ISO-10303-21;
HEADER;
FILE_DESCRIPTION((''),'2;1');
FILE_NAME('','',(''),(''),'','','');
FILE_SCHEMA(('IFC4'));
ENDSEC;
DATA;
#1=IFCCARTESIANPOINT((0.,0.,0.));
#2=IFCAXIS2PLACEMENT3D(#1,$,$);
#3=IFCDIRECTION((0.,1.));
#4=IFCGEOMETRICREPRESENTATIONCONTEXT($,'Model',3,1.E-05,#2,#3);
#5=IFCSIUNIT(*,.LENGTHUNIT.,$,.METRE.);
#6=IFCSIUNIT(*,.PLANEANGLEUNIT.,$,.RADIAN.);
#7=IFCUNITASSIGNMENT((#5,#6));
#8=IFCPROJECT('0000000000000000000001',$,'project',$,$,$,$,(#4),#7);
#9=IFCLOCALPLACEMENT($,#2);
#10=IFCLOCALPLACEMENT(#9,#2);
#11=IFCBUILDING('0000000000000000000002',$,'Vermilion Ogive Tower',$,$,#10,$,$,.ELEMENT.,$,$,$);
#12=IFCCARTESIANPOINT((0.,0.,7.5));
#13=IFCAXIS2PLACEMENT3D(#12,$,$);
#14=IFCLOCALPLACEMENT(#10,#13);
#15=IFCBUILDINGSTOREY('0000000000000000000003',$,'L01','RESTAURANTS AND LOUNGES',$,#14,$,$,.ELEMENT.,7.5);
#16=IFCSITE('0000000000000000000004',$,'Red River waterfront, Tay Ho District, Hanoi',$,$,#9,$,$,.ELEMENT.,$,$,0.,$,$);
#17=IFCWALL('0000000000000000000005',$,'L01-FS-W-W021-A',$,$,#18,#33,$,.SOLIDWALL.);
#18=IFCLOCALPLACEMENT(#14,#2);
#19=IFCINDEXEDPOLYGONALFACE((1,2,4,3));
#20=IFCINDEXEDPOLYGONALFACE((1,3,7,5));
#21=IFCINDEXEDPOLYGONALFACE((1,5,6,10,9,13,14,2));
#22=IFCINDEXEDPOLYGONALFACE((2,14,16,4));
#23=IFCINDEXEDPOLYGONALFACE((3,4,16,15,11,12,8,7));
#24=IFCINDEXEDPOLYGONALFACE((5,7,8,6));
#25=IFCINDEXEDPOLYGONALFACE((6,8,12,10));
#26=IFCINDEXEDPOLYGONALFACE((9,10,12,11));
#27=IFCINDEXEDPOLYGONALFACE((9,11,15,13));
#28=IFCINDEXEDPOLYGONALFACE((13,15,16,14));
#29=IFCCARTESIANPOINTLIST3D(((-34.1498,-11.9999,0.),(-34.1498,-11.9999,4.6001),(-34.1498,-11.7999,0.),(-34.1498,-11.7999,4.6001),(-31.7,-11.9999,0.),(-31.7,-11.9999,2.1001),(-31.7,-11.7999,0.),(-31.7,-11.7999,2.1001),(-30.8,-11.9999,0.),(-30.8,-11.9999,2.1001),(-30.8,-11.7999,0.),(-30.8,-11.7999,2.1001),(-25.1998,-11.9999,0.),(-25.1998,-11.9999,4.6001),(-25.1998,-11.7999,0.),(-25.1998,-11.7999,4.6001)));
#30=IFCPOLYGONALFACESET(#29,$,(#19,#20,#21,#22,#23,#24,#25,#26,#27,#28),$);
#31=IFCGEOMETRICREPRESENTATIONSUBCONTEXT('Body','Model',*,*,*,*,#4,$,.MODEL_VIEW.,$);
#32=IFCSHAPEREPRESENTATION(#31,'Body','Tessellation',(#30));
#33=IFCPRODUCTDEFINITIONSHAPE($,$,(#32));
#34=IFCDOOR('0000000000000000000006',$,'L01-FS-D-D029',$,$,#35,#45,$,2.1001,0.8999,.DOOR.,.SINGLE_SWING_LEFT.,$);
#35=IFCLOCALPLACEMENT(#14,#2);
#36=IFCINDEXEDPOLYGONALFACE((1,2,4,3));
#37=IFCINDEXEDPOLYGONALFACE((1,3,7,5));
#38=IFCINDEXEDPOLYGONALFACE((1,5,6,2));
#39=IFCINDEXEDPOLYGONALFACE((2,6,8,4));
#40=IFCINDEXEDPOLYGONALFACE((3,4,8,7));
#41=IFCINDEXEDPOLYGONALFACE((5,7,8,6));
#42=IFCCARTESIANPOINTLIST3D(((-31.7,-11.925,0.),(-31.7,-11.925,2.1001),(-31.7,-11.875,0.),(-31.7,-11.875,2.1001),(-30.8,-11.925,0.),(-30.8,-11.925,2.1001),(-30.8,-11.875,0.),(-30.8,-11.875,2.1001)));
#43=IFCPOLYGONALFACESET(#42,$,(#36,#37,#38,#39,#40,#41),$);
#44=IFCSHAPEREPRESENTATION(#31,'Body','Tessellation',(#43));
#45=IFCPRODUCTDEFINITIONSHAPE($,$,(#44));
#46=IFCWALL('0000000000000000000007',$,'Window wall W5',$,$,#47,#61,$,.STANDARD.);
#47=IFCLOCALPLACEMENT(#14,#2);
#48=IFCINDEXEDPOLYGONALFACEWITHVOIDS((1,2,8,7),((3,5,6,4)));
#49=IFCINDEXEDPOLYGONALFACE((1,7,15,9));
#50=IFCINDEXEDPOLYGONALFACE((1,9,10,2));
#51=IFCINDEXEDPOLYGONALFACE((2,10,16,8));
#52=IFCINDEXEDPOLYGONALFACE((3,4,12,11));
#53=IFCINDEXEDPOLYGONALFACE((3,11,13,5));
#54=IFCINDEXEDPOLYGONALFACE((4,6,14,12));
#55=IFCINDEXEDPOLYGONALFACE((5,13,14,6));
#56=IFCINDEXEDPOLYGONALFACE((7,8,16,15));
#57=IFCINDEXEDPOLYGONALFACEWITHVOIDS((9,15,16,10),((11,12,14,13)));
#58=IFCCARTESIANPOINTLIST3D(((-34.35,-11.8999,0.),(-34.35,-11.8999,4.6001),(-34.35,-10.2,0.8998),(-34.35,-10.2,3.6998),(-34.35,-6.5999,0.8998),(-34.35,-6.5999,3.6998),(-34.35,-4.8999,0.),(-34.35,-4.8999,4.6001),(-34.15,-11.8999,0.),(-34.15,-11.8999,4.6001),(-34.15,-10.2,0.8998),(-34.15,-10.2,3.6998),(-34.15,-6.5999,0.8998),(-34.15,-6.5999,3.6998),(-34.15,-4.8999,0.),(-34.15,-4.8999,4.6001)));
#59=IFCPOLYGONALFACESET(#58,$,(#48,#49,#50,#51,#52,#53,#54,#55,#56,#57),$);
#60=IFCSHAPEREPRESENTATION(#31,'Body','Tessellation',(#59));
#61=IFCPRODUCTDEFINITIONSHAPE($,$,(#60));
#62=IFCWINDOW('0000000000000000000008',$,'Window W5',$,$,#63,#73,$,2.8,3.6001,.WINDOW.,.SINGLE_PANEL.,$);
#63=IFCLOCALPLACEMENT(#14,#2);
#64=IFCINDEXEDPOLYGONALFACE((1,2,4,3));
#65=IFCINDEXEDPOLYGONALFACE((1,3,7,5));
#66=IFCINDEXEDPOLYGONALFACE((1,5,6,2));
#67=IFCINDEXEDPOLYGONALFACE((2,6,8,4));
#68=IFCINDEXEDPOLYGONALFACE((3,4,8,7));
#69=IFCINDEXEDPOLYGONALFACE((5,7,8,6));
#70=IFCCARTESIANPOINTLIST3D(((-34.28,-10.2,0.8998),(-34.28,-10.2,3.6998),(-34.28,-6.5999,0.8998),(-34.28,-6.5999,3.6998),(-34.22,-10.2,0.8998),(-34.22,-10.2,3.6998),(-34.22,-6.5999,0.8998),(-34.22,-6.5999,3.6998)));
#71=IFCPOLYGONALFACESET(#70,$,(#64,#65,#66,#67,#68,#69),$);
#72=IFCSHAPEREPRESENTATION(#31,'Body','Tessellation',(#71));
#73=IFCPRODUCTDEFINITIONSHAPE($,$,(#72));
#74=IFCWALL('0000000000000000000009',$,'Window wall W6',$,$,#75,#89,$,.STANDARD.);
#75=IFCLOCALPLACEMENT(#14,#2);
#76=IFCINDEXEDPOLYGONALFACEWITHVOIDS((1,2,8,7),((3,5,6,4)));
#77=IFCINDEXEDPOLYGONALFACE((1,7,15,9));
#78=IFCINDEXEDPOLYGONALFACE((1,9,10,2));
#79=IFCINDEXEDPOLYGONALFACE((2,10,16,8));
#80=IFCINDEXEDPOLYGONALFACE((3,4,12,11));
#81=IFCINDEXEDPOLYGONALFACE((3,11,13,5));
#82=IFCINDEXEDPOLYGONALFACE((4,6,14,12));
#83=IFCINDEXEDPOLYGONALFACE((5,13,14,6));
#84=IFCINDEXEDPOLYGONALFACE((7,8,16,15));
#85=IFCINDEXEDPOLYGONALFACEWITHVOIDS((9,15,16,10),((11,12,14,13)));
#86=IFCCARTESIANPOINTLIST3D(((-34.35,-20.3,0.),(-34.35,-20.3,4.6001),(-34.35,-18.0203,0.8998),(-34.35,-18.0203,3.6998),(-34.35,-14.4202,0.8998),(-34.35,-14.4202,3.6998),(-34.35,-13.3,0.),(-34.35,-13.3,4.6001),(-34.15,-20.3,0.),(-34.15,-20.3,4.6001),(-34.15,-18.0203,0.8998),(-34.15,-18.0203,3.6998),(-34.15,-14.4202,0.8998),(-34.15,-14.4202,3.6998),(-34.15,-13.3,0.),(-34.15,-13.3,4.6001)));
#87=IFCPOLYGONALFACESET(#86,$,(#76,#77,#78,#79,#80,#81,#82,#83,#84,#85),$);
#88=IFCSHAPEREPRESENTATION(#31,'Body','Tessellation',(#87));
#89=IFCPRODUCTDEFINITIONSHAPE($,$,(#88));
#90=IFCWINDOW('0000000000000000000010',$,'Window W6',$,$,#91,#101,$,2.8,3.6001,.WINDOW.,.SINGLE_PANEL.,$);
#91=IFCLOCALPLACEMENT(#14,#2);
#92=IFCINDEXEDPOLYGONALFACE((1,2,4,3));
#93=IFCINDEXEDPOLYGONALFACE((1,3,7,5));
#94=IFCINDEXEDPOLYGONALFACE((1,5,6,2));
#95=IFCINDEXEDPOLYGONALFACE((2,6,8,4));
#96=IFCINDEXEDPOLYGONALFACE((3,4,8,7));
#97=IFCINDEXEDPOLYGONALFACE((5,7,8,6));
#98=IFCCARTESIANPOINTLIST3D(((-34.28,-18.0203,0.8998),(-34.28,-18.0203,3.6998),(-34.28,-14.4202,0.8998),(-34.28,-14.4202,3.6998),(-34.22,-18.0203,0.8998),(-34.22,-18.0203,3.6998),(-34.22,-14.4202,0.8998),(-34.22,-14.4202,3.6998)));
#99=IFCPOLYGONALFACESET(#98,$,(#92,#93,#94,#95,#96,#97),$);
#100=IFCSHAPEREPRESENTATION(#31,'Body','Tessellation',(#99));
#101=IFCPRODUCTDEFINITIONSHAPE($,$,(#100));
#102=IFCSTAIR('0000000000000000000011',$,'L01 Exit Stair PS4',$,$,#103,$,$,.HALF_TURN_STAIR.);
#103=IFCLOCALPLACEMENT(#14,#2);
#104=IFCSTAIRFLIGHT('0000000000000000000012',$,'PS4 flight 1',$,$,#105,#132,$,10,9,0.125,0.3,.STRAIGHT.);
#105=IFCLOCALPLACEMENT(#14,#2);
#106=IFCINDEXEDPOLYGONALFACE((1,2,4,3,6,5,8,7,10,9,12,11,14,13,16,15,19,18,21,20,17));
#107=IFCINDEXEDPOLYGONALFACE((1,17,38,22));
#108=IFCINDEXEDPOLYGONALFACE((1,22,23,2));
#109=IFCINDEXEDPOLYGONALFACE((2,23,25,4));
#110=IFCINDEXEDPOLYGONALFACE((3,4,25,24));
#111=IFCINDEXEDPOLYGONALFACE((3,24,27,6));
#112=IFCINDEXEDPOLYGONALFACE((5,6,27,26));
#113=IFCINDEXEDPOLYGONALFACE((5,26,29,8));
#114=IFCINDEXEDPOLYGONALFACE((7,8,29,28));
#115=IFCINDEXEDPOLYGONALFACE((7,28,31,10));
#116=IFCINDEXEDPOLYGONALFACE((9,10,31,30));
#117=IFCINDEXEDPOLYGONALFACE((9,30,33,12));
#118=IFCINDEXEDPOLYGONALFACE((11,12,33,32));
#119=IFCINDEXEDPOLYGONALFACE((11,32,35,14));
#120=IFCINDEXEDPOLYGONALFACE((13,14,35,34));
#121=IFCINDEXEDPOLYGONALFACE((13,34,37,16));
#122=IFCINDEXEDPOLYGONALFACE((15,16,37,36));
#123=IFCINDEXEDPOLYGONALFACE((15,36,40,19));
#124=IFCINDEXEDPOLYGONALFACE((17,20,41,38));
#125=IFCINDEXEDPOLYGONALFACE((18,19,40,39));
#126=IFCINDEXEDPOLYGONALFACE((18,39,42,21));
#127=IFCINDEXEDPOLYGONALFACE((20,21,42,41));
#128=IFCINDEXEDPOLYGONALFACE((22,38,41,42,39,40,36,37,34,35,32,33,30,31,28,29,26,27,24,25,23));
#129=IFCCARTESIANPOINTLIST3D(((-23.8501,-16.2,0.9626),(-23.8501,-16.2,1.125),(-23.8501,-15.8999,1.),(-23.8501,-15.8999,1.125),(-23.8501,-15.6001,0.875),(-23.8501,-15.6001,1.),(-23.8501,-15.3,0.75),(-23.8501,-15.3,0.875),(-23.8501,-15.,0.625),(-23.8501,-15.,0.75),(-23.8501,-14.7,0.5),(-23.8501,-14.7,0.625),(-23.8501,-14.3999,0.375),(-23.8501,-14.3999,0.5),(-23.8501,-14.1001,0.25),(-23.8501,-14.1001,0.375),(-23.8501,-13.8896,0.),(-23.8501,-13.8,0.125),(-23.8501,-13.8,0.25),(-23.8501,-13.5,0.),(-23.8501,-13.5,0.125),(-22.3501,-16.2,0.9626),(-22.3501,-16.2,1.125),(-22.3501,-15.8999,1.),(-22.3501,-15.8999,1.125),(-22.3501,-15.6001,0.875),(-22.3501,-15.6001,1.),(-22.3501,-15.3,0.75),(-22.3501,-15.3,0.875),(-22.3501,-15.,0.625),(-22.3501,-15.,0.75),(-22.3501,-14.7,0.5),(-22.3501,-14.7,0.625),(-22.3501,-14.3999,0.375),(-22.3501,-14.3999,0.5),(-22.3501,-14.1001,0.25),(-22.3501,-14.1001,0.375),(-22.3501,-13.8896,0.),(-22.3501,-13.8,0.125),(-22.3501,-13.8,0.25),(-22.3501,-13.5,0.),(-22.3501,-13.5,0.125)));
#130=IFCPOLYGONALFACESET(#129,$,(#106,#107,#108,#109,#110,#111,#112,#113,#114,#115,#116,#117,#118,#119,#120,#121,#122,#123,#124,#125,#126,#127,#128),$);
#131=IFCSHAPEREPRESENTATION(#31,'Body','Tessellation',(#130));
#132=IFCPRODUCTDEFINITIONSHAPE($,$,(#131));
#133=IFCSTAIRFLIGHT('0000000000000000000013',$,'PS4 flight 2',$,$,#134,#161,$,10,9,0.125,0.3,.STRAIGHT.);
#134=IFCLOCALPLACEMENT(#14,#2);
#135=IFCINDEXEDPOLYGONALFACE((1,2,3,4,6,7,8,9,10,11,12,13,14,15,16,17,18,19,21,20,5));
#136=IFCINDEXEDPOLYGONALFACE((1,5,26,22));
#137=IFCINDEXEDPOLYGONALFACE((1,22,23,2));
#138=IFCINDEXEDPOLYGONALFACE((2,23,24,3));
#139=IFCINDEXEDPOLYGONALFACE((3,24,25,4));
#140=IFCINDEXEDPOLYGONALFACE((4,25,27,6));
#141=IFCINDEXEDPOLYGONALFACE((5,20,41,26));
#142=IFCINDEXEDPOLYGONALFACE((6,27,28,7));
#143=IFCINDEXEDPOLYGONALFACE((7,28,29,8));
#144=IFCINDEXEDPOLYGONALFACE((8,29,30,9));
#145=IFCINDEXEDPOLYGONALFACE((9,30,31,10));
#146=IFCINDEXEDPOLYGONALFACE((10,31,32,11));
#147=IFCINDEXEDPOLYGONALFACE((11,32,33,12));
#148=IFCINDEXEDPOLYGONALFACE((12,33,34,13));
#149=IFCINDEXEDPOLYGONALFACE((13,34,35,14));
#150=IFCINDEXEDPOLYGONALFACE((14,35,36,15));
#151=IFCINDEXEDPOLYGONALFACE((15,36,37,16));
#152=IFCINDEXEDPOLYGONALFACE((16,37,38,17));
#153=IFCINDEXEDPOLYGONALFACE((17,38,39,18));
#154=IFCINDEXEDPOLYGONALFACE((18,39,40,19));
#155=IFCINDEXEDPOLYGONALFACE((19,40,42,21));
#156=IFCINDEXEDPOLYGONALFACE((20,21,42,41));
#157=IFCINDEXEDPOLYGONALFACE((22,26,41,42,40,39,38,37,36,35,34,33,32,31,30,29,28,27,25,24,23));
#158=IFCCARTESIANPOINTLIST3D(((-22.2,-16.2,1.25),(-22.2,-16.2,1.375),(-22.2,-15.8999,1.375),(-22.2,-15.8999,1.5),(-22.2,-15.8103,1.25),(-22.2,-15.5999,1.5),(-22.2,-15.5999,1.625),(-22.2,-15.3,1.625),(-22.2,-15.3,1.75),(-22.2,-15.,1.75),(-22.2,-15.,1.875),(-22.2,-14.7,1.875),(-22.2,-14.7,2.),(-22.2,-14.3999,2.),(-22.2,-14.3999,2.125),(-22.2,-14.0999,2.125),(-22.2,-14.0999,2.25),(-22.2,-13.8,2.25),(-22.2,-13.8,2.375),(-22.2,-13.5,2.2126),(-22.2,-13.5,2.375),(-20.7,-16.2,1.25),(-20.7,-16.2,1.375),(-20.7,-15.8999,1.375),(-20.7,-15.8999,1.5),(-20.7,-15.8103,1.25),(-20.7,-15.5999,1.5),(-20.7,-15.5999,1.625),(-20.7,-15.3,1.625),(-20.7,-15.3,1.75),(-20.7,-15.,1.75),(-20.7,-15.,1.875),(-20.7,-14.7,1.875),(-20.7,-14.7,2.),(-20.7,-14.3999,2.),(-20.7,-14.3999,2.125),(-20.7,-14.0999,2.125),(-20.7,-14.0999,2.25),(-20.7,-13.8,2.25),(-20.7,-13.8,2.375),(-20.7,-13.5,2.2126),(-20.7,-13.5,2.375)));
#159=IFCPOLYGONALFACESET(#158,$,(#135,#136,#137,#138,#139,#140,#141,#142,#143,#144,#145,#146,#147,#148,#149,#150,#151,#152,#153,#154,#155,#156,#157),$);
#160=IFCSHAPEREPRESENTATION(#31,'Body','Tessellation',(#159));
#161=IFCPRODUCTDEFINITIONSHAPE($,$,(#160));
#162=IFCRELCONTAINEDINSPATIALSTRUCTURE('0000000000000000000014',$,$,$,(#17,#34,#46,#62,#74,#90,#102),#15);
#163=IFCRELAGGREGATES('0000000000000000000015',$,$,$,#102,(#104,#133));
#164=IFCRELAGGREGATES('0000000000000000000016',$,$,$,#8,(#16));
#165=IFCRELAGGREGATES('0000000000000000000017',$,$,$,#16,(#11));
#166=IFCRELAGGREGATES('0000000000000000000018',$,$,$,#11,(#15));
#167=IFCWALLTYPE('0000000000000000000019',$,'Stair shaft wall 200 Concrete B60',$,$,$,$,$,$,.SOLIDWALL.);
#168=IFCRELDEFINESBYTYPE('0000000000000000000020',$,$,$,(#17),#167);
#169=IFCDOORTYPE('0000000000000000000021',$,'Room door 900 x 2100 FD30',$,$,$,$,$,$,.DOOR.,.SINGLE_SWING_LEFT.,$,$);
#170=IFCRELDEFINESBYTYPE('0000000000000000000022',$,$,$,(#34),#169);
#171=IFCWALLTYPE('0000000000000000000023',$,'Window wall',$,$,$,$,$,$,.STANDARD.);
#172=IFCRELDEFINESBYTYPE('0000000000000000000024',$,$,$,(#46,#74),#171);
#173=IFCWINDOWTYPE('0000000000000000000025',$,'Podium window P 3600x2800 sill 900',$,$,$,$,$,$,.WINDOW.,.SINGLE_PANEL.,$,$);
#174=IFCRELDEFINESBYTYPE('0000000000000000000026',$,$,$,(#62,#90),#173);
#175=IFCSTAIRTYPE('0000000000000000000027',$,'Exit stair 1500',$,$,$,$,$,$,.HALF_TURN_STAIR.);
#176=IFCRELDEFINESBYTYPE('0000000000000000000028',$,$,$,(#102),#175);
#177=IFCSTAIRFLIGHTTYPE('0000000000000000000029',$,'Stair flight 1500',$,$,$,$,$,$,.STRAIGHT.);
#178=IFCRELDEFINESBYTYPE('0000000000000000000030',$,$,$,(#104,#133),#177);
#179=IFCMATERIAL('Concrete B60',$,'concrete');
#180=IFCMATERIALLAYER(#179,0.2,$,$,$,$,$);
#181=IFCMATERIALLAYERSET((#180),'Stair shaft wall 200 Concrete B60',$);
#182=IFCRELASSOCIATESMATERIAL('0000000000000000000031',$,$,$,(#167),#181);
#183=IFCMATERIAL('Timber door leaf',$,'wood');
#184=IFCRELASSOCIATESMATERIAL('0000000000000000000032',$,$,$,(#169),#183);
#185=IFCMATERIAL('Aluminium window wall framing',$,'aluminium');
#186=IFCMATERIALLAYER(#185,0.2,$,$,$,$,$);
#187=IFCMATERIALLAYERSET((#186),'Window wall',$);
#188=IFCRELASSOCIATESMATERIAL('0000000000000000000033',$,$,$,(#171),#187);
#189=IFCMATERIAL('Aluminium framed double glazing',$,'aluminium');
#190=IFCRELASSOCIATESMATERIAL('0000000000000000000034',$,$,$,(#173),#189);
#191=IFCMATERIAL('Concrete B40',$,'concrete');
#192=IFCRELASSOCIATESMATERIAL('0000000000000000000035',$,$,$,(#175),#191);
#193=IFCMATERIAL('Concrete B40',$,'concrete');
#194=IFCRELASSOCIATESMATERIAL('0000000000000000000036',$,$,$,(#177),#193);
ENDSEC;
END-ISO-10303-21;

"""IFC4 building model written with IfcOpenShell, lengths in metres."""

from ifc_helpers import new_model, si_unit, direction, frame, frame_2d, origin, place, context, subcontext, project, spatial, polyline, rectangle, outline, extrude, material, layer, layer_set, type_object, element, fill, aggregate, save


model = new_model("IFC4")

# Units and contexts
model_context = context("Model", 3, precision=1e-05, world=origin(), true_north=direction((0.0, 1.0)))
body_context = subcontext(model_context, "Body", "Model", "MODEL_VIEW")
ifc_project = project(units=[si_unit("LENGTHUNIT", "METRE"), si_unit("PLANEANGLEUNIT", "RADIAN")], contexts=[model_context])

# Site, building, storey
site_placement = place(None, origin())
site = spatial("IfcSite", under=ifc_project, at=site_placement, Name="Red River waterfront, Tay Ho District, Hanoi", CompositionType="ELEMENT", RefElevation=0.0)
building_placement = place(site_placement, origin())
building = spatial("IfcBuilding", under=site, at=building_placement, Name="Vermilion Ogive Tower", CompositionType="ELEMENT")
storey_placement = place(building_placement, frame((0.0, 0.0, 7.5)))
storey = spatial("IfcBuildingStorey", under=building, at=storey_placement, Name="L01", Description="RESTAURANTS AND LOUNGES", CompositionType="ELEMENT", Elevation=7.5)

# Shared definitions
ifc_material_1 = material(Name="Concrete B60", Category="concrete")
ifc_layer_1 = layer(ifc_material_1, 0.2)
ifc_layer_set_1 = layer_set([ifc_layer_1], Name="Stair shaft wall 200 Concrete B60")
wall_type_1 = type_object("IfcWallType", Name="Stair shaft wall 200 Concrete B60", PredefinedType="SOLIDWALL", material=ifc_layer_set_1)

# Wall, opening, door
wall_1_placement = place(storey_placement, frame((-34.1499, -11.8999, 0.0), z_axis=(0.0, 0.0, 1.0), x_axis=(1.0, 0.0, 0.0)))
wall_1 = element("IfcWall", 1, at=wall_1_placement, inside=storey, type_object=wall_type_1, Name="L01-FS-W-W021-A", PredefinedType="SOLIDWALL", context=body_context, shape_type="SweptSolid", body=[
    extrude(rectangle(XDim=8.95, YDim=0.2, at=frame_2d((4.4751, 0.0))), origin(), (0.0, 0.0, 1.0), 4.6001),
])
opening_1_placement = place(wall_1_placement, frame((2.45, 0.0, 0.0)))
opening_1 = element("IfcOpeningElement", 2, at=opening_1_placement, cuts=wall_1, PredefinedType="OPENING", context=body_context, shape_type="SweptSolid", body=[
    extrude(rectangle(XDim=0.8999, YDim=2.1001, at=frame_2d((0.45, 1.05))), frame((0.0, 0.1099, 0.0), z_axis=(0.0, -1.0, 0.0), x_axis=(1.0, 0.0, 0.0)), (0.0, 0.0, 1.0), 0.22),
])
ifc_material_2 = material(Name="Timber door leaf", Category="wood")
door_type_1 = type_object("IfcDoorType", Name="Room door 900 x 2100 FD30", OperationType="SINGLE_SWING_LEFT", PredefinedType="DOOR", material=ifc_material_2)
door_1_placement = place(opening_1_placement, origin())
door_1 = element("IfcDoor", 3, at=door_1_placement, inside=storey, type_object=door_type_1, Name="L01-FS-D-D029", OperationType="SINGLE_SWING_LEFT", OverallHeight=2.1001, OverallWidth=0.8999, PredefinedType="DOOR", context=body_context, shape_type="SweptSolid", body=[
    extrude(rectangle(XDim=0.8999, YDim=2.1001, at=frame_2d((0.45, 1.05))), frame((0.0, 0.0249, 0.0), z_axis=(0.0, -1.0, 0.0), x_axis=(1.0, 0.0, 0.0)), (0.0, 0.0, 1.0), 0.05),
])
fill(opening_1, door_1)

# Walls, openings, windows
ifc_material_3 = material(Name="Aluminium window wall framing", Category="aluminium")
ifc_layer_2 = layer(ifc_material_3, 0.2)
ifc_layer_set_2 = layer_set([ifc_layer_2], Name="Window wall")
wall_type_2 = type_object("IfcWallType", Name="Window wall", PredefinedType="STANDARD", material=ifc_layer_set_2)
wall_2_placement = place(storey_placement, frame((-34.25, -4.8999, 0.0), z_axis=(0.0, 0.0, 1.0), x_axis=(0.0, -1.0, 0.0)))
wall_2 = element("IfcWall", 4, at=wall_2_placement, inside=storey, type_object=wall_type_2, Name="Window wall W5", PredefinedType="STANDARD", context=body_context, shape_type="SweptSolid", body=[
    extrude(rectangle(XDim=7.0, YDim=0.2, at=frame_2d((3.5, 0.0))), origin(), (0.0, 0.0, 1.0), 4.6001),
])
opening_2_placement = place(wall_2_placement, frame((1.7, 0.0, 0.8999)))
opening_2 = element("IfcOpeningElement", 5, at=opening_2_placement, cuts=wall_2, PredefinedType="OPENING", context=body_context, shape_type="SweptSolid", body=[
    extrude(rectangle(XDim=3.6001, YDim=2.8, at=frame_2d((1.8, 1.3999))), frame((0.0, 0.1099, 0.0), z_axis=(0.0, -1.0, 0.0), x_axis=(1.0, 0.0, 0.0)), (0.0, 0.0, 1.0), 0.22),
])
ifc_material_4 = material(Name="Aluminium framed double glazing", Category="aluminium")
window_type = type_object("IfcWindowType", Name="Podium window P 3600x2800 sill 900", PartitioningType="SINGLE_PANEL", PredefinedType="WINDOW", material=ifc_material_4)
window_1_placement = place(opening_2_placement, origin())
window_1 = element("IfcWindow", 6, at=window_1_placement, inside=storey, type_object=window_type, Name="Window W5", OverallHeight=2.8, OverallWidth=3.6001, PartitioningType="SINGLE_PANEL", PredefinedType="WINDOW", context=body_context, shape_type="SweptSolid", body=[
    extrude(rectangle(XDim=3.6001, YDim=2.8, at=frame_2d((1.8, 1.3999))), frame((0.0, 0.03, 0.0), z_axis=(0.0, -1.0, 0.0), x_axis=(1.0, 0.0, 0.0)), (0.0, 0.0, 1.0), 0.0601),
])
fill(opening_2, window_1)
wall_3_placement = place(storey_placement, frame((-34.25, -13.3, 0.0), z_axis=(0.0, 0.0, 1.0), x_axis=(0.0, -1.0, 0.0)))
wall_3 = element("IfcWall", 7, at=wall_3_placement, inside=storey, type_object=wall_type_2, Name="Window wall W6", PredefinedType="STANDARD", context=body_context, shape_type="SweptSolid", body=[
    extrude(rectangle(XDim=7.0, YDim=0.2, at=frame_2d((3.5, 0.0))), origin(), (0.0, 0.0, 1.0), 4.6001),
])
opening_3_placement = place(wall_3_placement, frame((1.1201, 0.0, 0.8999)))
opening_3 = element("IfcOpeningElement", 8, at=opening_3_placement, cuts=wall_3, PredefinedType="OPENING", context=body_context, shape_type="SweptSolid", body=[
    extrude(rectangle(XDim=3.6001, YDim=2.8, at=frame_2d((1.8, 1.3999))), frame((0.0, 0.1099, 0.0), z_axis=(0.0, -1.0, 0.0), x_axis=(1.0, 0.0, 0.0)), (0.0, 0.0, 1.0), 0.22),
])
window_2_placement = place(opening_3_placement, origin())
window_2 = element("IfcWindow", 9, at=window_2_placement, inside=storey, type_object=window_type, Name="Window W6", OverallHeight=2.8, OverallWidth=3.6001, PartitioningType="SINGLE_PANEL", PredefinedType="WINDOW", context=body_context, shape_type="SweptSolid", body=[
    extrude(rectangle(XDim=3.6001, YDim=2.8, at=frame_2d((1.8, 1.3999))), frame((0.0, 0.03, 0.0), z_axis=(0.0, -1.0, 0.0), x_axis=(1.0, 0.0, 0.0)), (0.0, 0.0, 1.0), 0.0601),
])
fill(opening_3, window_2)

# Stair, stair flights
ifc_material_5 = material(Name="Concrete B40", Category="concrete")
stair_type = type_object("IfcStairType", Name="Exit stair 1500", PredefinedType="HALF_TURN_STAIR", material=ifc_material_5)
stair_placement = place(storey_placement, origin())
stair = element("IfcStair", 10, at=stair_placement, inside=storey, type_object=stair_type, Name="L01 Exit Stair PS4", PredefinedType="HALF_TURN_STAIR")
ifc_material_6 = material(Name="Concrete B40", Category="concrete")
stair_flight_type = type_object("IfcStairFlightType", Name="Stair flight 1500", PredefinedType="STRAIGHT", material=ifc_material_6)
stair_flight_1_placement = place(storey_placement, frame((-23.1001, -13.5, 0.0), z_axis=(0.0, 0.0, 1.0), x_axis=(0.0, -1.0, 0.0)))
stair_flight_1 = element("IfcStairFlight", 11, at=stair_flight_1_placement, type_object=stair_flight_type, Name="PS4 flight 1", NumberOfRisers=10, NumberOfTreads=9, PredefinedType="STRAIGHT", RiserHeight=0.125, TreadLength=0.3, context=body_context, shape_type="SweptSolid", body=[
    extrude(outline(polyline([(0.0, 0.0), (0.0, 0.125), (0.3, 0.125), (0.3, 0.25), (0.6001, 0.25), (0.6001, 0.375), (0.8999, 0.375), (0.8999, 0.5), (1.2, 0.5), (1.2, 0.625), (1.5, 0.625), (1.5, 0.75), (1.8, 0.75), (1.8, 0.875), (2.1001, 0.875), (2.1001, 1.0), (2.3999, 1.0), (2.3999, 1.125), (2.7, 1.125), (2.7, 1.25), (2.7, 0.9626), (0.3896, 0.0), (0.0, 0.0)])), frame((0.0, 0.75, 0.0), z_axis=(0.0, -1.0, 0.0), x_axis=(1.0, 0.0, 0.0)), (0.0, 0.0, 1.0), 1.5),
])
stair_flight_2_placement = place(storey_placement, frame((-21.45, -16.2, 1.25), z_axis=(0.0, 0.0, 1.0), x_axis=(0.0, 1.0, 0.0)))
stair_flight_2 = element("IfcStairFlight", 12, at=stair_flight_2_placement, type_object=stair_flight_type, Name="PS4 flight 2", NumberOfRisers=10, NumberOfTreads=9, PredefinedType="STRAIGHT", RiserHeight=0.125, TreadLength=0.3, context=body_context, shape_type="SweptSolid", body=[
    extrude(outline(polyline([(0.0, 0.0), (0.0, 0.125), (0.3, 0.125), (0.3, 0.25), (0.6001, 0.25), (0.6001, 0.375), (0.8999, 0.375), (0.8999, 0.5), (1.2, 0.5), (1.2, 0.625), (1.5, 0.625), (1.5, 0.75), (1.8, 0.75), (1.8, 0.875), (2.1001, 0.875), (2.1001, 1.0), (2.3999, 1.0), (2.3999, 1.125), (2.7, 1.125), (2.7, 1.25), (2.7, 0.9626), (0.3896, 0.0), (0.0, 0.0)])), frame((0.0, 0.75, 0.0), z_axis=(0.0, -1.0, 0.0), x_axis=(1.0, 0.0, 0.0)), (0.0, 0.0, 1.0), 1.5),
])
aggregate(stair, [stair_flight_1, stair_flight_2])

save(model, "model.ifc")
